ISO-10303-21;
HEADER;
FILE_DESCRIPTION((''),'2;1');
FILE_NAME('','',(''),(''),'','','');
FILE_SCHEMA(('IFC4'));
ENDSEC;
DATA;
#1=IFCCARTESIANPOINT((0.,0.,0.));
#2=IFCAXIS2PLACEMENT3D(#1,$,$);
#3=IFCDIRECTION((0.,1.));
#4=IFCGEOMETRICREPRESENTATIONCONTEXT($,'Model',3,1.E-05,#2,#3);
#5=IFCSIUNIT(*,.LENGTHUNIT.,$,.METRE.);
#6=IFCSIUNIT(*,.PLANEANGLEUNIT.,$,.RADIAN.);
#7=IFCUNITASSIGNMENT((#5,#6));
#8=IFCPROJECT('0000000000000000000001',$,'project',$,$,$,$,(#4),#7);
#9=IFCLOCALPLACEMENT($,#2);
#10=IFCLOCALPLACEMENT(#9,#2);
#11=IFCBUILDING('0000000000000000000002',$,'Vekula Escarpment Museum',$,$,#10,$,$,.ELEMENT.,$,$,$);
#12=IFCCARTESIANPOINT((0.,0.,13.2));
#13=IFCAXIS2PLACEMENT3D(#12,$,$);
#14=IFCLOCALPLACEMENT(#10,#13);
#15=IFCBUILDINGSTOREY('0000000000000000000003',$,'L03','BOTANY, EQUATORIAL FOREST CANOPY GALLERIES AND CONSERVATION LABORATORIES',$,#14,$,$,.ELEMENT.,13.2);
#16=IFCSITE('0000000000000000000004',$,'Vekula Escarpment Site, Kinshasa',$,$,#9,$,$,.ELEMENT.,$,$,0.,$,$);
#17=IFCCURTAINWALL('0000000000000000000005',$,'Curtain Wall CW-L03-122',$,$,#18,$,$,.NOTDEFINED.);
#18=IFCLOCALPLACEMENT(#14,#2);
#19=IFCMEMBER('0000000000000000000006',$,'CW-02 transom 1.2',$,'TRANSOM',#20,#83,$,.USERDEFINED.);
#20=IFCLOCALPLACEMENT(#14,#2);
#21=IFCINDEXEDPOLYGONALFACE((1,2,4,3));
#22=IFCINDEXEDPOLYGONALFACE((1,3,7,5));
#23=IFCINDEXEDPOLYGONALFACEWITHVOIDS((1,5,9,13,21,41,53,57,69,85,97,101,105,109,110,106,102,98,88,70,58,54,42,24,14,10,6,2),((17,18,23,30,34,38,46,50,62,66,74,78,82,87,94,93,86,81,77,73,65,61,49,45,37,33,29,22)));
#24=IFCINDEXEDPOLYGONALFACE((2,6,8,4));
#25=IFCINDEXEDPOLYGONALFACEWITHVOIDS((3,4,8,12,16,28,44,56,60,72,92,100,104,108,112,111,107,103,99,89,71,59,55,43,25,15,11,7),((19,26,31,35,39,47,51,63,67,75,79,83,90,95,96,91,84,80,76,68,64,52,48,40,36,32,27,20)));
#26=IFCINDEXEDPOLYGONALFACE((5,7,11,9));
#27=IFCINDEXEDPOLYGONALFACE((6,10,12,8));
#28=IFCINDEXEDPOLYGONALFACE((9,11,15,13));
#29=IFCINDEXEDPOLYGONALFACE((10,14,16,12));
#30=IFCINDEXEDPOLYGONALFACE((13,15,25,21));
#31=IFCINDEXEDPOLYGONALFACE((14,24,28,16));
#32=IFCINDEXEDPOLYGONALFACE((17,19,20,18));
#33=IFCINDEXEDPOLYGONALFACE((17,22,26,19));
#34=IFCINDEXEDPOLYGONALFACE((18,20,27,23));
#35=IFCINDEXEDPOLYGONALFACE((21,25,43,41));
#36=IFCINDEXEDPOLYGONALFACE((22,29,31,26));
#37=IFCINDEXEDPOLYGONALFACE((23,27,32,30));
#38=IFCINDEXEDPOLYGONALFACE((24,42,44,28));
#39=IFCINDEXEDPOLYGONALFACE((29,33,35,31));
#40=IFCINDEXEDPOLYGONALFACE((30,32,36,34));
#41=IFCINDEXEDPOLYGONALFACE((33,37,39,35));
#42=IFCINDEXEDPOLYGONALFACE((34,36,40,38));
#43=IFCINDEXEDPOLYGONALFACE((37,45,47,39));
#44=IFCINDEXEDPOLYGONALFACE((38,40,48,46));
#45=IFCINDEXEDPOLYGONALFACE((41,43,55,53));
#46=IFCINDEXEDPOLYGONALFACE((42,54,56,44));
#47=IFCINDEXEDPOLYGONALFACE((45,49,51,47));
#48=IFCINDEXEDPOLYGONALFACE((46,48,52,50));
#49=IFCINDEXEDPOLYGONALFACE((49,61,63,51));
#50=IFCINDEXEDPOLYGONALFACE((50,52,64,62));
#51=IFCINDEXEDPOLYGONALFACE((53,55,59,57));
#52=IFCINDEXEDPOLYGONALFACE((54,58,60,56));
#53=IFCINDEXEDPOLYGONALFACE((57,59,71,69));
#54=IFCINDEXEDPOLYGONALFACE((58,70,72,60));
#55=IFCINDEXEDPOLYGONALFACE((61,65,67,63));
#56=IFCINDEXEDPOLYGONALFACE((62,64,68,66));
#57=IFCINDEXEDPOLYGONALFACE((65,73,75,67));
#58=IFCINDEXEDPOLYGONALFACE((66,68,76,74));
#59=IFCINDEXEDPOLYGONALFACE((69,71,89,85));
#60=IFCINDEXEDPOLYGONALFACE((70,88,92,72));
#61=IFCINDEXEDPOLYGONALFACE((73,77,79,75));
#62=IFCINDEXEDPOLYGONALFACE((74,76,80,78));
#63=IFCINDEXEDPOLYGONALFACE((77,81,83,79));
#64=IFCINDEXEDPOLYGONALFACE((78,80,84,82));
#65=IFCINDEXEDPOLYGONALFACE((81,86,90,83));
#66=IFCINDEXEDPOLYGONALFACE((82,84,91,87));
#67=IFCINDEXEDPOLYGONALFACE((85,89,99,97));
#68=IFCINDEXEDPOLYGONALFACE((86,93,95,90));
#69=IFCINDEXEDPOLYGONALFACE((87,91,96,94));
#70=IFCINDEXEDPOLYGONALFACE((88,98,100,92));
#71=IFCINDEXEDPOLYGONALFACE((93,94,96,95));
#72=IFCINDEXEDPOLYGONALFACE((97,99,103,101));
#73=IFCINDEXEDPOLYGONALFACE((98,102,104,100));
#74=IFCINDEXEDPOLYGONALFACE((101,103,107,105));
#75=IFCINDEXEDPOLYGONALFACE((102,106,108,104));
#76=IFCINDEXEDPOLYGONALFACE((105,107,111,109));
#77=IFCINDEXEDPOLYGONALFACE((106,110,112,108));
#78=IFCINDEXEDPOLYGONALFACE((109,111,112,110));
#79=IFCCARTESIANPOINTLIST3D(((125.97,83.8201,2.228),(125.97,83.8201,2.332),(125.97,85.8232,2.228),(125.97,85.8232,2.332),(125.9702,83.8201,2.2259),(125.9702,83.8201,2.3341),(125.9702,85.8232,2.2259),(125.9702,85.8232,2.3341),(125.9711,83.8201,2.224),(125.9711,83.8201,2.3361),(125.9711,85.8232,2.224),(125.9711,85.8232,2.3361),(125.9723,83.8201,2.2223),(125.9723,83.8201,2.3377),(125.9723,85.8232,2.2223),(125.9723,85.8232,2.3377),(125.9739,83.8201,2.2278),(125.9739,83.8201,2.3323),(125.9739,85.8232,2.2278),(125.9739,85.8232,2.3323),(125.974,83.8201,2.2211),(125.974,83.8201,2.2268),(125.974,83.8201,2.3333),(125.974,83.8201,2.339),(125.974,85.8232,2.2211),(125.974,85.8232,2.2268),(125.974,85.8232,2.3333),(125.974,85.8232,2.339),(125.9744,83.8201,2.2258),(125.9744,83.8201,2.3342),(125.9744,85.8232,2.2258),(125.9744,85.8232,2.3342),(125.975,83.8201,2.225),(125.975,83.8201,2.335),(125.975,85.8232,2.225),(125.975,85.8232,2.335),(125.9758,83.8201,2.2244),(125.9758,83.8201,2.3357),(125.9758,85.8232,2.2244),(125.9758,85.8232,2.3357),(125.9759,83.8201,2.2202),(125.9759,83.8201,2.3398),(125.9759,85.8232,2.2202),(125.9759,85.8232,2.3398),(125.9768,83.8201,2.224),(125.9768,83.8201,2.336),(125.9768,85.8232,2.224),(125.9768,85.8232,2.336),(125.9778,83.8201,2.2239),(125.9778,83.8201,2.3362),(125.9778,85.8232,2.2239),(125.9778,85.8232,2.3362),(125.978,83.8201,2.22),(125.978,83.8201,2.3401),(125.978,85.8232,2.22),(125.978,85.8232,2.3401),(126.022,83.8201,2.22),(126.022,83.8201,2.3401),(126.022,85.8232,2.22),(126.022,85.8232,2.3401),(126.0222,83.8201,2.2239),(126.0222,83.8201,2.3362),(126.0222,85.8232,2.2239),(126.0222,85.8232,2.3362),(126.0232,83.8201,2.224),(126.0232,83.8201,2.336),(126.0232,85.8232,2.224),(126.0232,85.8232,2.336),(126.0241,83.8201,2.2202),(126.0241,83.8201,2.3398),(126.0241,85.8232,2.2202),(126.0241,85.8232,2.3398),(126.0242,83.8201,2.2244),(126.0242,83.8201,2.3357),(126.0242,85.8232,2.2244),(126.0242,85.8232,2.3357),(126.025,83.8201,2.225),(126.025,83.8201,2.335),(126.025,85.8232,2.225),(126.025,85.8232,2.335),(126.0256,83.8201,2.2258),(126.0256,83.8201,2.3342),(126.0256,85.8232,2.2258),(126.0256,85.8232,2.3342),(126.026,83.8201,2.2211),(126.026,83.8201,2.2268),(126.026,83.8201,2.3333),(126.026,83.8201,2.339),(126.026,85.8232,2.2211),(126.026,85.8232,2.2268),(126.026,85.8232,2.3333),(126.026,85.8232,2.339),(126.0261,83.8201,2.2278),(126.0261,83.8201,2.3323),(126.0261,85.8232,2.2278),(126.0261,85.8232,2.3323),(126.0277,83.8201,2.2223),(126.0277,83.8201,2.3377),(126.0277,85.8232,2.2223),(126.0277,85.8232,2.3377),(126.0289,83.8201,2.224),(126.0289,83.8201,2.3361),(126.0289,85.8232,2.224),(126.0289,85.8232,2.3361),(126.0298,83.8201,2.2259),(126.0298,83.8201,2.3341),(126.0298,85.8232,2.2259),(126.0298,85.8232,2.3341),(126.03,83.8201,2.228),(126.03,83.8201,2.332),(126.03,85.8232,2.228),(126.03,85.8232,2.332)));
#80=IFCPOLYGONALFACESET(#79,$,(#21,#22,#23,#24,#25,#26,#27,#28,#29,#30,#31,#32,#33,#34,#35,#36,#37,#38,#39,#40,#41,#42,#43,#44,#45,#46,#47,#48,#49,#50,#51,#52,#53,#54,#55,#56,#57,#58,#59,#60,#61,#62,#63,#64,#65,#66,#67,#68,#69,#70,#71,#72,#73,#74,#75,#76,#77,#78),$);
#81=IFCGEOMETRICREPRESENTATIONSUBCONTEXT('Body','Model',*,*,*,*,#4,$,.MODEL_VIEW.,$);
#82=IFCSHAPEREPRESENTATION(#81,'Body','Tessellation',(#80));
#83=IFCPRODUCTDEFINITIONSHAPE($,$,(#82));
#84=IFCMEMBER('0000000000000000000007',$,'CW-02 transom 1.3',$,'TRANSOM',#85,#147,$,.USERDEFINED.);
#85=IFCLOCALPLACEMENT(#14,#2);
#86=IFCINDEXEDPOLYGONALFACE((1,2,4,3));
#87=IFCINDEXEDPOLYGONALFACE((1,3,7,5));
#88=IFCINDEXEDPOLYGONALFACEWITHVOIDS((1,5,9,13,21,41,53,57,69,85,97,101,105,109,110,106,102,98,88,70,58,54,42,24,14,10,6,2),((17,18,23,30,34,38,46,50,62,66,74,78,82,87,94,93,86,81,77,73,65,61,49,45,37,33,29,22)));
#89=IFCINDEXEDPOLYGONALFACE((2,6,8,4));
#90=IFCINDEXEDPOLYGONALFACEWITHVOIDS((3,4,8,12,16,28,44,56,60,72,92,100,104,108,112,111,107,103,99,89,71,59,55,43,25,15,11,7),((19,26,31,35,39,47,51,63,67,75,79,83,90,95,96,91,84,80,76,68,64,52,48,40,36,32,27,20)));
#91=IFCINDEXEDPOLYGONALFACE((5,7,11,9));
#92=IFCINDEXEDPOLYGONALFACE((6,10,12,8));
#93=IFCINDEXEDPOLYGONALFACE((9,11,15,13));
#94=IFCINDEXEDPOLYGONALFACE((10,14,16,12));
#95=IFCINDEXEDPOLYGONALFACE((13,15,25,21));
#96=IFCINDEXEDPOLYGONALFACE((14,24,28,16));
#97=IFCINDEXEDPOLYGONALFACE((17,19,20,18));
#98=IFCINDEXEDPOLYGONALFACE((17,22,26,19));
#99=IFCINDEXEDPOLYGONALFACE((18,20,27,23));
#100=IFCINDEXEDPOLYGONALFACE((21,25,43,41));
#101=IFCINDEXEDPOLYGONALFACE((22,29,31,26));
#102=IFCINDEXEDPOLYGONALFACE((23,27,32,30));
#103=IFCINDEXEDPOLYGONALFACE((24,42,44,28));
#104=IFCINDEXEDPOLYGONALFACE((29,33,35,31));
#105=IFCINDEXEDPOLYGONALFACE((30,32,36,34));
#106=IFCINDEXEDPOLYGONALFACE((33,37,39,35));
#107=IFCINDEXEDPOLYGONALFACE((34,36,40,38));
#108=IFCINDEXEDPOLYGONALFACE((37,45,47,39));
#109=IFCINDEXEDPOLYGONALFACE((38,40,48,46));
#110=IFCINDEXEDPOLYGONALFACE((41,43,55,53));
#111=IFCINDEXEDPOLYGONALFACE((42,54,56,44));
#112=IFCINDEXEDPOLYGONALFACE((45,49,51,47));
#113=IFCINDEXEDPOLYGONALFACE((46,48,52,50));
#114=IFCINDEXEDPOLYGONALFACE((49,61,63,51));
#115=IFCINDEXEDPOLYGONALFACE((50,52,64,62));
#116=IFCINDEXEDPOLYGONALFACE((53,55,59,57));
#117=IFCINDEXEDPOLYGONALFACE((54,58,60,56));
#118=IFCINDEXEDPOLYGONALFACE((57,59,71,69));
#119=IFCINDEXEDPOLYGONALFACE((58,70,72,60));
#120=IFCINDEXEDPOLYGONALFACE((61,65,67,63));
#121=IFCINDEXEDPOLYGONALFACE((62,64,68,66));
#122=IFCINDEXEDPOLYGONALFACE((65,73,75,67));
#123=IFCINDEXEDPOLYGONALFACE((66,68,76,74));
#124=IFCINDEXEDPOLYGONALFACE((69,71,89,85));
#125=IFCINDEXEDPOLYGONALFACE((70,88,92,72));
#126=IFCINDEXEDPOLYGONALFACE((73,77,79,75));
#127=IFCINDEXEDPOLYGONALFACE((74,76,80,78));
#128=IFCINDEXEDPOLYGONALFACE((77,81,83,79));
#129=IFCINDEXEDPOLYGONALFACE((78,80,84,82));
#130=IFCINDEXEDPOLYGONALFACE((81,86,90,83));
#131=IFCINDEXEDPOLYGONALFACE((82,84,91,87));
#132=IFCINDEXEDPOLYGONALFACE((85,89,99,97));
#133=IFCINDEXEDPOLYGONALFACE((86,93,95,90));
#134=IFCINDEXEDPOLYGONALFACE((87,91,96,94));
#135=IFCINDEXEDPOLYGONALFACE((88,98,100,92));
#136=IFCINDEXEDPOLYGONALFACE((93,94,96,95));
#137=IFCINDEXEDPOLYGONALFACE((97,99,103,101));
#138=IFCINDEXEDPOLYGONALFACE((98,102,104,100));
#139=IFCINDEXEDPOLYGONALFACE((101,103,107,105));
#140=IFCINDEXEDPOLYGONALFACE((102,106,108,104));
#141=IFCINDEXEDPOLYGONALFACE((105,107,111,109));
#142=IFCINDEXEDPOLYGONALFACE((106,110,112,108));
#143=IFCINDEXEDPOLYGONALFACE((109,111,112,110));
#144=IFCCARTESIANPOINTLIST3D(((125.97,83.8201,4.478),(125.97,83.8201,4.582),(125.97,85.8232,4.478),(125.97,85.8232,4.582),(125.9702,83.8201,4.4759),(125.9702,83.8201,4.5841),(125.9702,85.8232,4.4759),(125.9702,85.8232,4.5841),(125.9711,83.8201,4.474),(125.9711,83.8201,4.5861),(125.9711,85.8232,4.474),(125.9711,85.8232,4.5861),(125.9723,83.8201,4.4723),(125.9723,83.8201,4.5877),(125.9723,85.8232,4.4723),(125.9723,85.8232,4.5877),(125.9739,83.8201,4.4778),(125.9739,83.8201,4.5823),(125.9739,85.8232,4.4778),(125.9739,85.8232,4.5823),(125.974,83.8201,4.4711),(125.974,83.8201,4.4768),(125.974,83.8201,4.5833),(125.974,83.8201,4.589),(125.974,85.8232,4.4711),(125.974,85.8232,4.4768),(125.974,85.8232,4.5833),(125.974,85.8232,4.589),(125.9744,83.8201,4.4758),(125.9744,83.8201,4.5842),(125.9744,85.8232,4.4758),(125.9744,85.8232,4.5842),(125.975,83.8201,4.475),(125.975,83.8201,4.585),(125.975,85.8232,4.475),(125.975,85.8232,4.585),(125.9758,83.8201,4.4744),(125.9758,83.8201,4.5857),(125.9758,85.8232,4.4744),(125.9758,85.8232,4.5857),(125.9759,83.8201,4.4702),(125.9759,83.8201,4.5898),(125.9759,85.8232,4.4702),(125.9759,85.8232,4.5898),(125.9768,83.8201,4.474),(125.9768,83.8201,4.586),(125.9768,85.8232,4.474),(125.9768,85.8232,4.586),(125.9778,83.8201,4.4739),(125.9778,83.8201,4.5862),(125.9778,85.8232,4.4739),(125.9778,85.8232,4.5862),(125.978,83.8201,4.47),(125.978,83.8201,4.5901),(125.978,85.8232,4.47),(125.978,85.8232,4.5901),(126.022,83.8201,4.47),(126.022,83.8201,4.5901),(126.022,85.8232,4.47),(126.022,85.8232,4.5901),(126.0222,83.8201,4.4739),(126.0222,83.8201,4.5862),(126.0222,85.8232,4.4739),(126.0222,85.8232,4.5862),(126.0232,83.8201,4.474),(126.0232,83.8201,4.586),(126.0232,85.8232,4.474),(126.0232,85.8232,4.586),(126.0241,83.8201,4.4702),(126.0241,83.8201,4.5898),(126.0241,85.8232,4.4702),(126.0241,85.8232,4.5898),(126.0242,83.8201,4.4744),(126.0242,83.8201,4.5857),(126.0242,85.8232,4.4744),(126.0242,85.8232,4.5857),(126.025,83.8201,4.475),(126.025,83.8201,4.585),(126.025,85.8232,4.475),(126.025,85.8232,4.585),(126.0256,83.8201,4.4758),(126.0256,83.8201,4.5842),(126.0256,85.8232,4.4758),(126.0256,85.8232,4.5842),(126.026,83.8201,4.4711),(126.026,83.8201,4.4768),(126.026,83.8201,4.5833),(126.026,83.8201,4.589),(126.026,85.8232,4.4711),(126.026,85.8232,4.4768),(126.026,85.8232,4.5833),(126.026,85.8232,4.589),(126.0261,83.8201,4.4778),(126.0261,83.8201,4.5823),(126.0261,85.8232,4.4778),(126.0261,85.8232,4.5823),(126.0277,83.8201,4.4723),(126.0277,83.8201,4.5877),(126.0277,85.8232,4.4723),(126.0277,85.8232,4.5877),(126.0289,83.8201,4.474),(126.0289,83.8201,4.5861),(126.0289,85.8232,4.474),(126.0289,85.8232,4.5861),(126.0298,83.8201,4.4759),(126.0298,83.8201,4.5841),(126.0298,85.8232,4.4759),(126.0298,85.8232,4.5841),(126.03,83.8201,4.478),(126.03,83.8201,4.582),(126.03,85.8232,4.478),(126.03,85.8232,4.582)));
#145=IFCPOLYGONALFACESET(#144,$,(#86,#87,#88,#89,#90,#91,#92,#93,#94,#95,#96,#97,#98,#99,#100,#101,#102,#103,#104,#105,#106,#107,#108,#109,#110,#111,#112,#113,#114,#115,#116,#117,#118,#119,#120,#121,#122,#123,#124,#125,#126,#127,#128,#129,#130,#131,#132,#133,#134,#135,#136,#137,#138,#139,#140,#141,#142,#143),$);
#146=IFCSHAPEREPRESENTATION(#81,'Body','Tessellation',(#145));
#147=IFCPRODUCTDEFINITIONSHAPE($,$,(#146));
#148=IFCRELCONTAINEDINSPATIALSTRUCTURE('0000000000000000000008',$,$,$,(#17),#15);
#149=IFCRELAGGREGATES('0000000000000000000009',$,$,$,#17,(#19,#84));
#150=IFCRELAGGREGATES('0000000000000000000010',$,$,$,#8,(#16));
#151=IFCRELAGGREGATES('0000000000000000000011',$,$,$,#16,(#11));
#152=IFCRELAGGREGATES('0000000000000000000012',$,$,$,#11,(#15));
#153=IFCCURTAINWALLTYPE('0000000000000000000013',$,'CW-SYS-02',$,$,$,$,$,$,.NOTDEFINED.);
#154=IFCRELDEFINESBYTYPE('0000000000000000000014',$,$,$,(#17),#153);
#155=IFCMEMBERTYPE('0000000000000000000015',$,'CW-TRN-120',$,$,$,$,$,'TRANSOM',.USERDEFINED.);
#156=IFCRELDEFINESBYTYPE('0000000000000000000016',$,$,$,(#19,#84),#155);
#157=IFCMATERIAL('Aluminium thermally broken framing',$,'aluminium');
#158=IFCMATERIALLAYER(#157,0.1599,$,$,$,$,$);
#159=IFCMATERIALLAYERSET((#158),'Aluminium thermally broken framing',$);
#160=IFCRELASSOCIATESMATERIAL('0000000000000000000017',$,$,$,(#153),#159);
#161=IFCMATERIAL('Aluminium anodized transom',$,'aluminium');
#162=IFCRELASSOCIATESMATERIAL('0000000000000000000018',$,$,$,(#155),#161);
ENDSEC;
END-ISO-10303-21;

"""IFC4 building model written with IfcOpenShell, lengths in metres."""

from ifc_helpers import new_model, si_unit, direction, frame, origin, origin_2d, place, context, subcontext, project, spatial, hollow_rectangle, extrude, material, layer, layer_set, material_profile, profile_set, type_object, element, aggregate, save


model = new_model("IFC4")

# Units and contexts
model_context = context("Model", 3, precision=1e-05, world=origin(), true_north=direction((0.0, 1.0)))
body_context = subcontext(model_context, "Body", "Model", "MODEL_VIEW")
ifc_project = project(units=[si_unit("LENGTHUNIT", "METRE"), si_unit("PLANEANGLEUNIT", "RADIAN")], contexts=[model_context])

# Site, building, storey
site_placement = place(None, origin())
site = spatial("IfcSite", under=ifc_project, at=site_placement, Name="Vekula Escarpment Site, Kinshasa", CompositionType="ELEMENT", RefElevation=0.0)
building_placement = place(site_placement, origin())
building = spatial("IfcBuilding", under=site, at=building_placement, Name="Vekula Escarpment Museum", CompositionType="ELEMENT")
storey_placement = place(building_placement, frame((0.0, 0.0, 13.2)))
storey = spatial("IfcBuildingStorey", under=building, at=storey_placement, Name="L03", Description="BOTANY, EQUATORIAL FOREST CANOPY GALLERIES AND CONSERVATION LABORATORIES", CompositionType="ELEMENT", Elevation=13.2)

# Curtain wall
ifc_material_1 = material(Name="Aluminium thermally broken framing", Category="aluminium")
ifc_layer_1 = layer(ifc_material_1, 0.1599)
ifc_layer_set_1 = layer_set([ifc_layer_1], Name="Aluminium thermally broken framing")
curtain_wall_type_1 = type_object("IfcCurtainWallType", Name="CW-SYS-02", PredefinedType="NOTDEFINED", material=ifc_layer_set_1)
curtain_wall_1_placement = place(storey_placement, origin())
curtain_wall_1 = element("IfcCurtainWall", 1, at=curtain_wall_1_placement, inside=storey, type_object=curtain_wall_type_1, Name="Curtain Wall CW-L03-122", PredefinedType="NOTDEFINED")

# Members
ifc_material_2 = material(Name="Aluminium anodized transom", Category="aluminium")
ifc_material_profile_1 = material_profile(ifc_material_2, hollow_rectangle(XDim=0.0601, YDim=0.1201, WallThickness=0.0039, InnerFilletRadius=0.0039, OuterFilletRadius=0.0081, at=origin_2d()), Name="ALU 120x60x4")
ifc_profile_set_1 = profile_set([ifc_material_profile_1], Name="Aluminium anodized transom")
member_type_1 = type_object("IfcMemberType", Name="CW-TRN-120", ElementType="TRANSOM", PredefinedType="USERDEFINED", material=ifc_profile_set_1)
member_1_placement = place(storey_placement, frame((126.0, 83.8201, 2.28), z_axis=(0.0, 1.0, 0.0), x_axis=(-1.0, 0.0, 0.0)))
member_1 = element("IfcMember", 2, at=member_1_placement, type_object=member_type_1, Name="CW-02 transom 1.2", ObjectType="TRANSOM", PredefinedType="USERDEFINED", context=body_context, shape_type="SweptSolid", body=[
    extrude(hollow_rectangle(XDim=0.0601, YDim=0.1201, WallThickness=0.0039, InnerFilletRadius=0.0039, OuterFilletRadius=0.0081, at=origin_2d()), origin(), (0.0, 0.0, 1.0), 2.0032),
])
member_2_placement = place(storey_placement, frame((126.0, 83.8201, 4.53), z_axis=(0.0, 1.0, 0.0), x_axis=(-1.0, 0.0, 0.0)))
member_2 = element("IfcMember", 3, at=member_2_placement, type_object=member_type_1, Name="CW-02 transom 1.3", ObjectType="TRANSOM", PredefinedType="USERDEFINED", context=body_context, shape_type="SweptSolid", body=[
    extrude(hollow_rectangle(XDim=0.0601, YDim=0.1201, WallThickness=0.0039, InnerFilletRadius=0.0039, OuterFilletRadius=0.0081, at=origin_2d()), origin(), (0.0, 0.0, 1.0), 2.0032),
])

aggregate(curtain_wall_1, [member_1, member_2])

save(model, "model.ifc")
